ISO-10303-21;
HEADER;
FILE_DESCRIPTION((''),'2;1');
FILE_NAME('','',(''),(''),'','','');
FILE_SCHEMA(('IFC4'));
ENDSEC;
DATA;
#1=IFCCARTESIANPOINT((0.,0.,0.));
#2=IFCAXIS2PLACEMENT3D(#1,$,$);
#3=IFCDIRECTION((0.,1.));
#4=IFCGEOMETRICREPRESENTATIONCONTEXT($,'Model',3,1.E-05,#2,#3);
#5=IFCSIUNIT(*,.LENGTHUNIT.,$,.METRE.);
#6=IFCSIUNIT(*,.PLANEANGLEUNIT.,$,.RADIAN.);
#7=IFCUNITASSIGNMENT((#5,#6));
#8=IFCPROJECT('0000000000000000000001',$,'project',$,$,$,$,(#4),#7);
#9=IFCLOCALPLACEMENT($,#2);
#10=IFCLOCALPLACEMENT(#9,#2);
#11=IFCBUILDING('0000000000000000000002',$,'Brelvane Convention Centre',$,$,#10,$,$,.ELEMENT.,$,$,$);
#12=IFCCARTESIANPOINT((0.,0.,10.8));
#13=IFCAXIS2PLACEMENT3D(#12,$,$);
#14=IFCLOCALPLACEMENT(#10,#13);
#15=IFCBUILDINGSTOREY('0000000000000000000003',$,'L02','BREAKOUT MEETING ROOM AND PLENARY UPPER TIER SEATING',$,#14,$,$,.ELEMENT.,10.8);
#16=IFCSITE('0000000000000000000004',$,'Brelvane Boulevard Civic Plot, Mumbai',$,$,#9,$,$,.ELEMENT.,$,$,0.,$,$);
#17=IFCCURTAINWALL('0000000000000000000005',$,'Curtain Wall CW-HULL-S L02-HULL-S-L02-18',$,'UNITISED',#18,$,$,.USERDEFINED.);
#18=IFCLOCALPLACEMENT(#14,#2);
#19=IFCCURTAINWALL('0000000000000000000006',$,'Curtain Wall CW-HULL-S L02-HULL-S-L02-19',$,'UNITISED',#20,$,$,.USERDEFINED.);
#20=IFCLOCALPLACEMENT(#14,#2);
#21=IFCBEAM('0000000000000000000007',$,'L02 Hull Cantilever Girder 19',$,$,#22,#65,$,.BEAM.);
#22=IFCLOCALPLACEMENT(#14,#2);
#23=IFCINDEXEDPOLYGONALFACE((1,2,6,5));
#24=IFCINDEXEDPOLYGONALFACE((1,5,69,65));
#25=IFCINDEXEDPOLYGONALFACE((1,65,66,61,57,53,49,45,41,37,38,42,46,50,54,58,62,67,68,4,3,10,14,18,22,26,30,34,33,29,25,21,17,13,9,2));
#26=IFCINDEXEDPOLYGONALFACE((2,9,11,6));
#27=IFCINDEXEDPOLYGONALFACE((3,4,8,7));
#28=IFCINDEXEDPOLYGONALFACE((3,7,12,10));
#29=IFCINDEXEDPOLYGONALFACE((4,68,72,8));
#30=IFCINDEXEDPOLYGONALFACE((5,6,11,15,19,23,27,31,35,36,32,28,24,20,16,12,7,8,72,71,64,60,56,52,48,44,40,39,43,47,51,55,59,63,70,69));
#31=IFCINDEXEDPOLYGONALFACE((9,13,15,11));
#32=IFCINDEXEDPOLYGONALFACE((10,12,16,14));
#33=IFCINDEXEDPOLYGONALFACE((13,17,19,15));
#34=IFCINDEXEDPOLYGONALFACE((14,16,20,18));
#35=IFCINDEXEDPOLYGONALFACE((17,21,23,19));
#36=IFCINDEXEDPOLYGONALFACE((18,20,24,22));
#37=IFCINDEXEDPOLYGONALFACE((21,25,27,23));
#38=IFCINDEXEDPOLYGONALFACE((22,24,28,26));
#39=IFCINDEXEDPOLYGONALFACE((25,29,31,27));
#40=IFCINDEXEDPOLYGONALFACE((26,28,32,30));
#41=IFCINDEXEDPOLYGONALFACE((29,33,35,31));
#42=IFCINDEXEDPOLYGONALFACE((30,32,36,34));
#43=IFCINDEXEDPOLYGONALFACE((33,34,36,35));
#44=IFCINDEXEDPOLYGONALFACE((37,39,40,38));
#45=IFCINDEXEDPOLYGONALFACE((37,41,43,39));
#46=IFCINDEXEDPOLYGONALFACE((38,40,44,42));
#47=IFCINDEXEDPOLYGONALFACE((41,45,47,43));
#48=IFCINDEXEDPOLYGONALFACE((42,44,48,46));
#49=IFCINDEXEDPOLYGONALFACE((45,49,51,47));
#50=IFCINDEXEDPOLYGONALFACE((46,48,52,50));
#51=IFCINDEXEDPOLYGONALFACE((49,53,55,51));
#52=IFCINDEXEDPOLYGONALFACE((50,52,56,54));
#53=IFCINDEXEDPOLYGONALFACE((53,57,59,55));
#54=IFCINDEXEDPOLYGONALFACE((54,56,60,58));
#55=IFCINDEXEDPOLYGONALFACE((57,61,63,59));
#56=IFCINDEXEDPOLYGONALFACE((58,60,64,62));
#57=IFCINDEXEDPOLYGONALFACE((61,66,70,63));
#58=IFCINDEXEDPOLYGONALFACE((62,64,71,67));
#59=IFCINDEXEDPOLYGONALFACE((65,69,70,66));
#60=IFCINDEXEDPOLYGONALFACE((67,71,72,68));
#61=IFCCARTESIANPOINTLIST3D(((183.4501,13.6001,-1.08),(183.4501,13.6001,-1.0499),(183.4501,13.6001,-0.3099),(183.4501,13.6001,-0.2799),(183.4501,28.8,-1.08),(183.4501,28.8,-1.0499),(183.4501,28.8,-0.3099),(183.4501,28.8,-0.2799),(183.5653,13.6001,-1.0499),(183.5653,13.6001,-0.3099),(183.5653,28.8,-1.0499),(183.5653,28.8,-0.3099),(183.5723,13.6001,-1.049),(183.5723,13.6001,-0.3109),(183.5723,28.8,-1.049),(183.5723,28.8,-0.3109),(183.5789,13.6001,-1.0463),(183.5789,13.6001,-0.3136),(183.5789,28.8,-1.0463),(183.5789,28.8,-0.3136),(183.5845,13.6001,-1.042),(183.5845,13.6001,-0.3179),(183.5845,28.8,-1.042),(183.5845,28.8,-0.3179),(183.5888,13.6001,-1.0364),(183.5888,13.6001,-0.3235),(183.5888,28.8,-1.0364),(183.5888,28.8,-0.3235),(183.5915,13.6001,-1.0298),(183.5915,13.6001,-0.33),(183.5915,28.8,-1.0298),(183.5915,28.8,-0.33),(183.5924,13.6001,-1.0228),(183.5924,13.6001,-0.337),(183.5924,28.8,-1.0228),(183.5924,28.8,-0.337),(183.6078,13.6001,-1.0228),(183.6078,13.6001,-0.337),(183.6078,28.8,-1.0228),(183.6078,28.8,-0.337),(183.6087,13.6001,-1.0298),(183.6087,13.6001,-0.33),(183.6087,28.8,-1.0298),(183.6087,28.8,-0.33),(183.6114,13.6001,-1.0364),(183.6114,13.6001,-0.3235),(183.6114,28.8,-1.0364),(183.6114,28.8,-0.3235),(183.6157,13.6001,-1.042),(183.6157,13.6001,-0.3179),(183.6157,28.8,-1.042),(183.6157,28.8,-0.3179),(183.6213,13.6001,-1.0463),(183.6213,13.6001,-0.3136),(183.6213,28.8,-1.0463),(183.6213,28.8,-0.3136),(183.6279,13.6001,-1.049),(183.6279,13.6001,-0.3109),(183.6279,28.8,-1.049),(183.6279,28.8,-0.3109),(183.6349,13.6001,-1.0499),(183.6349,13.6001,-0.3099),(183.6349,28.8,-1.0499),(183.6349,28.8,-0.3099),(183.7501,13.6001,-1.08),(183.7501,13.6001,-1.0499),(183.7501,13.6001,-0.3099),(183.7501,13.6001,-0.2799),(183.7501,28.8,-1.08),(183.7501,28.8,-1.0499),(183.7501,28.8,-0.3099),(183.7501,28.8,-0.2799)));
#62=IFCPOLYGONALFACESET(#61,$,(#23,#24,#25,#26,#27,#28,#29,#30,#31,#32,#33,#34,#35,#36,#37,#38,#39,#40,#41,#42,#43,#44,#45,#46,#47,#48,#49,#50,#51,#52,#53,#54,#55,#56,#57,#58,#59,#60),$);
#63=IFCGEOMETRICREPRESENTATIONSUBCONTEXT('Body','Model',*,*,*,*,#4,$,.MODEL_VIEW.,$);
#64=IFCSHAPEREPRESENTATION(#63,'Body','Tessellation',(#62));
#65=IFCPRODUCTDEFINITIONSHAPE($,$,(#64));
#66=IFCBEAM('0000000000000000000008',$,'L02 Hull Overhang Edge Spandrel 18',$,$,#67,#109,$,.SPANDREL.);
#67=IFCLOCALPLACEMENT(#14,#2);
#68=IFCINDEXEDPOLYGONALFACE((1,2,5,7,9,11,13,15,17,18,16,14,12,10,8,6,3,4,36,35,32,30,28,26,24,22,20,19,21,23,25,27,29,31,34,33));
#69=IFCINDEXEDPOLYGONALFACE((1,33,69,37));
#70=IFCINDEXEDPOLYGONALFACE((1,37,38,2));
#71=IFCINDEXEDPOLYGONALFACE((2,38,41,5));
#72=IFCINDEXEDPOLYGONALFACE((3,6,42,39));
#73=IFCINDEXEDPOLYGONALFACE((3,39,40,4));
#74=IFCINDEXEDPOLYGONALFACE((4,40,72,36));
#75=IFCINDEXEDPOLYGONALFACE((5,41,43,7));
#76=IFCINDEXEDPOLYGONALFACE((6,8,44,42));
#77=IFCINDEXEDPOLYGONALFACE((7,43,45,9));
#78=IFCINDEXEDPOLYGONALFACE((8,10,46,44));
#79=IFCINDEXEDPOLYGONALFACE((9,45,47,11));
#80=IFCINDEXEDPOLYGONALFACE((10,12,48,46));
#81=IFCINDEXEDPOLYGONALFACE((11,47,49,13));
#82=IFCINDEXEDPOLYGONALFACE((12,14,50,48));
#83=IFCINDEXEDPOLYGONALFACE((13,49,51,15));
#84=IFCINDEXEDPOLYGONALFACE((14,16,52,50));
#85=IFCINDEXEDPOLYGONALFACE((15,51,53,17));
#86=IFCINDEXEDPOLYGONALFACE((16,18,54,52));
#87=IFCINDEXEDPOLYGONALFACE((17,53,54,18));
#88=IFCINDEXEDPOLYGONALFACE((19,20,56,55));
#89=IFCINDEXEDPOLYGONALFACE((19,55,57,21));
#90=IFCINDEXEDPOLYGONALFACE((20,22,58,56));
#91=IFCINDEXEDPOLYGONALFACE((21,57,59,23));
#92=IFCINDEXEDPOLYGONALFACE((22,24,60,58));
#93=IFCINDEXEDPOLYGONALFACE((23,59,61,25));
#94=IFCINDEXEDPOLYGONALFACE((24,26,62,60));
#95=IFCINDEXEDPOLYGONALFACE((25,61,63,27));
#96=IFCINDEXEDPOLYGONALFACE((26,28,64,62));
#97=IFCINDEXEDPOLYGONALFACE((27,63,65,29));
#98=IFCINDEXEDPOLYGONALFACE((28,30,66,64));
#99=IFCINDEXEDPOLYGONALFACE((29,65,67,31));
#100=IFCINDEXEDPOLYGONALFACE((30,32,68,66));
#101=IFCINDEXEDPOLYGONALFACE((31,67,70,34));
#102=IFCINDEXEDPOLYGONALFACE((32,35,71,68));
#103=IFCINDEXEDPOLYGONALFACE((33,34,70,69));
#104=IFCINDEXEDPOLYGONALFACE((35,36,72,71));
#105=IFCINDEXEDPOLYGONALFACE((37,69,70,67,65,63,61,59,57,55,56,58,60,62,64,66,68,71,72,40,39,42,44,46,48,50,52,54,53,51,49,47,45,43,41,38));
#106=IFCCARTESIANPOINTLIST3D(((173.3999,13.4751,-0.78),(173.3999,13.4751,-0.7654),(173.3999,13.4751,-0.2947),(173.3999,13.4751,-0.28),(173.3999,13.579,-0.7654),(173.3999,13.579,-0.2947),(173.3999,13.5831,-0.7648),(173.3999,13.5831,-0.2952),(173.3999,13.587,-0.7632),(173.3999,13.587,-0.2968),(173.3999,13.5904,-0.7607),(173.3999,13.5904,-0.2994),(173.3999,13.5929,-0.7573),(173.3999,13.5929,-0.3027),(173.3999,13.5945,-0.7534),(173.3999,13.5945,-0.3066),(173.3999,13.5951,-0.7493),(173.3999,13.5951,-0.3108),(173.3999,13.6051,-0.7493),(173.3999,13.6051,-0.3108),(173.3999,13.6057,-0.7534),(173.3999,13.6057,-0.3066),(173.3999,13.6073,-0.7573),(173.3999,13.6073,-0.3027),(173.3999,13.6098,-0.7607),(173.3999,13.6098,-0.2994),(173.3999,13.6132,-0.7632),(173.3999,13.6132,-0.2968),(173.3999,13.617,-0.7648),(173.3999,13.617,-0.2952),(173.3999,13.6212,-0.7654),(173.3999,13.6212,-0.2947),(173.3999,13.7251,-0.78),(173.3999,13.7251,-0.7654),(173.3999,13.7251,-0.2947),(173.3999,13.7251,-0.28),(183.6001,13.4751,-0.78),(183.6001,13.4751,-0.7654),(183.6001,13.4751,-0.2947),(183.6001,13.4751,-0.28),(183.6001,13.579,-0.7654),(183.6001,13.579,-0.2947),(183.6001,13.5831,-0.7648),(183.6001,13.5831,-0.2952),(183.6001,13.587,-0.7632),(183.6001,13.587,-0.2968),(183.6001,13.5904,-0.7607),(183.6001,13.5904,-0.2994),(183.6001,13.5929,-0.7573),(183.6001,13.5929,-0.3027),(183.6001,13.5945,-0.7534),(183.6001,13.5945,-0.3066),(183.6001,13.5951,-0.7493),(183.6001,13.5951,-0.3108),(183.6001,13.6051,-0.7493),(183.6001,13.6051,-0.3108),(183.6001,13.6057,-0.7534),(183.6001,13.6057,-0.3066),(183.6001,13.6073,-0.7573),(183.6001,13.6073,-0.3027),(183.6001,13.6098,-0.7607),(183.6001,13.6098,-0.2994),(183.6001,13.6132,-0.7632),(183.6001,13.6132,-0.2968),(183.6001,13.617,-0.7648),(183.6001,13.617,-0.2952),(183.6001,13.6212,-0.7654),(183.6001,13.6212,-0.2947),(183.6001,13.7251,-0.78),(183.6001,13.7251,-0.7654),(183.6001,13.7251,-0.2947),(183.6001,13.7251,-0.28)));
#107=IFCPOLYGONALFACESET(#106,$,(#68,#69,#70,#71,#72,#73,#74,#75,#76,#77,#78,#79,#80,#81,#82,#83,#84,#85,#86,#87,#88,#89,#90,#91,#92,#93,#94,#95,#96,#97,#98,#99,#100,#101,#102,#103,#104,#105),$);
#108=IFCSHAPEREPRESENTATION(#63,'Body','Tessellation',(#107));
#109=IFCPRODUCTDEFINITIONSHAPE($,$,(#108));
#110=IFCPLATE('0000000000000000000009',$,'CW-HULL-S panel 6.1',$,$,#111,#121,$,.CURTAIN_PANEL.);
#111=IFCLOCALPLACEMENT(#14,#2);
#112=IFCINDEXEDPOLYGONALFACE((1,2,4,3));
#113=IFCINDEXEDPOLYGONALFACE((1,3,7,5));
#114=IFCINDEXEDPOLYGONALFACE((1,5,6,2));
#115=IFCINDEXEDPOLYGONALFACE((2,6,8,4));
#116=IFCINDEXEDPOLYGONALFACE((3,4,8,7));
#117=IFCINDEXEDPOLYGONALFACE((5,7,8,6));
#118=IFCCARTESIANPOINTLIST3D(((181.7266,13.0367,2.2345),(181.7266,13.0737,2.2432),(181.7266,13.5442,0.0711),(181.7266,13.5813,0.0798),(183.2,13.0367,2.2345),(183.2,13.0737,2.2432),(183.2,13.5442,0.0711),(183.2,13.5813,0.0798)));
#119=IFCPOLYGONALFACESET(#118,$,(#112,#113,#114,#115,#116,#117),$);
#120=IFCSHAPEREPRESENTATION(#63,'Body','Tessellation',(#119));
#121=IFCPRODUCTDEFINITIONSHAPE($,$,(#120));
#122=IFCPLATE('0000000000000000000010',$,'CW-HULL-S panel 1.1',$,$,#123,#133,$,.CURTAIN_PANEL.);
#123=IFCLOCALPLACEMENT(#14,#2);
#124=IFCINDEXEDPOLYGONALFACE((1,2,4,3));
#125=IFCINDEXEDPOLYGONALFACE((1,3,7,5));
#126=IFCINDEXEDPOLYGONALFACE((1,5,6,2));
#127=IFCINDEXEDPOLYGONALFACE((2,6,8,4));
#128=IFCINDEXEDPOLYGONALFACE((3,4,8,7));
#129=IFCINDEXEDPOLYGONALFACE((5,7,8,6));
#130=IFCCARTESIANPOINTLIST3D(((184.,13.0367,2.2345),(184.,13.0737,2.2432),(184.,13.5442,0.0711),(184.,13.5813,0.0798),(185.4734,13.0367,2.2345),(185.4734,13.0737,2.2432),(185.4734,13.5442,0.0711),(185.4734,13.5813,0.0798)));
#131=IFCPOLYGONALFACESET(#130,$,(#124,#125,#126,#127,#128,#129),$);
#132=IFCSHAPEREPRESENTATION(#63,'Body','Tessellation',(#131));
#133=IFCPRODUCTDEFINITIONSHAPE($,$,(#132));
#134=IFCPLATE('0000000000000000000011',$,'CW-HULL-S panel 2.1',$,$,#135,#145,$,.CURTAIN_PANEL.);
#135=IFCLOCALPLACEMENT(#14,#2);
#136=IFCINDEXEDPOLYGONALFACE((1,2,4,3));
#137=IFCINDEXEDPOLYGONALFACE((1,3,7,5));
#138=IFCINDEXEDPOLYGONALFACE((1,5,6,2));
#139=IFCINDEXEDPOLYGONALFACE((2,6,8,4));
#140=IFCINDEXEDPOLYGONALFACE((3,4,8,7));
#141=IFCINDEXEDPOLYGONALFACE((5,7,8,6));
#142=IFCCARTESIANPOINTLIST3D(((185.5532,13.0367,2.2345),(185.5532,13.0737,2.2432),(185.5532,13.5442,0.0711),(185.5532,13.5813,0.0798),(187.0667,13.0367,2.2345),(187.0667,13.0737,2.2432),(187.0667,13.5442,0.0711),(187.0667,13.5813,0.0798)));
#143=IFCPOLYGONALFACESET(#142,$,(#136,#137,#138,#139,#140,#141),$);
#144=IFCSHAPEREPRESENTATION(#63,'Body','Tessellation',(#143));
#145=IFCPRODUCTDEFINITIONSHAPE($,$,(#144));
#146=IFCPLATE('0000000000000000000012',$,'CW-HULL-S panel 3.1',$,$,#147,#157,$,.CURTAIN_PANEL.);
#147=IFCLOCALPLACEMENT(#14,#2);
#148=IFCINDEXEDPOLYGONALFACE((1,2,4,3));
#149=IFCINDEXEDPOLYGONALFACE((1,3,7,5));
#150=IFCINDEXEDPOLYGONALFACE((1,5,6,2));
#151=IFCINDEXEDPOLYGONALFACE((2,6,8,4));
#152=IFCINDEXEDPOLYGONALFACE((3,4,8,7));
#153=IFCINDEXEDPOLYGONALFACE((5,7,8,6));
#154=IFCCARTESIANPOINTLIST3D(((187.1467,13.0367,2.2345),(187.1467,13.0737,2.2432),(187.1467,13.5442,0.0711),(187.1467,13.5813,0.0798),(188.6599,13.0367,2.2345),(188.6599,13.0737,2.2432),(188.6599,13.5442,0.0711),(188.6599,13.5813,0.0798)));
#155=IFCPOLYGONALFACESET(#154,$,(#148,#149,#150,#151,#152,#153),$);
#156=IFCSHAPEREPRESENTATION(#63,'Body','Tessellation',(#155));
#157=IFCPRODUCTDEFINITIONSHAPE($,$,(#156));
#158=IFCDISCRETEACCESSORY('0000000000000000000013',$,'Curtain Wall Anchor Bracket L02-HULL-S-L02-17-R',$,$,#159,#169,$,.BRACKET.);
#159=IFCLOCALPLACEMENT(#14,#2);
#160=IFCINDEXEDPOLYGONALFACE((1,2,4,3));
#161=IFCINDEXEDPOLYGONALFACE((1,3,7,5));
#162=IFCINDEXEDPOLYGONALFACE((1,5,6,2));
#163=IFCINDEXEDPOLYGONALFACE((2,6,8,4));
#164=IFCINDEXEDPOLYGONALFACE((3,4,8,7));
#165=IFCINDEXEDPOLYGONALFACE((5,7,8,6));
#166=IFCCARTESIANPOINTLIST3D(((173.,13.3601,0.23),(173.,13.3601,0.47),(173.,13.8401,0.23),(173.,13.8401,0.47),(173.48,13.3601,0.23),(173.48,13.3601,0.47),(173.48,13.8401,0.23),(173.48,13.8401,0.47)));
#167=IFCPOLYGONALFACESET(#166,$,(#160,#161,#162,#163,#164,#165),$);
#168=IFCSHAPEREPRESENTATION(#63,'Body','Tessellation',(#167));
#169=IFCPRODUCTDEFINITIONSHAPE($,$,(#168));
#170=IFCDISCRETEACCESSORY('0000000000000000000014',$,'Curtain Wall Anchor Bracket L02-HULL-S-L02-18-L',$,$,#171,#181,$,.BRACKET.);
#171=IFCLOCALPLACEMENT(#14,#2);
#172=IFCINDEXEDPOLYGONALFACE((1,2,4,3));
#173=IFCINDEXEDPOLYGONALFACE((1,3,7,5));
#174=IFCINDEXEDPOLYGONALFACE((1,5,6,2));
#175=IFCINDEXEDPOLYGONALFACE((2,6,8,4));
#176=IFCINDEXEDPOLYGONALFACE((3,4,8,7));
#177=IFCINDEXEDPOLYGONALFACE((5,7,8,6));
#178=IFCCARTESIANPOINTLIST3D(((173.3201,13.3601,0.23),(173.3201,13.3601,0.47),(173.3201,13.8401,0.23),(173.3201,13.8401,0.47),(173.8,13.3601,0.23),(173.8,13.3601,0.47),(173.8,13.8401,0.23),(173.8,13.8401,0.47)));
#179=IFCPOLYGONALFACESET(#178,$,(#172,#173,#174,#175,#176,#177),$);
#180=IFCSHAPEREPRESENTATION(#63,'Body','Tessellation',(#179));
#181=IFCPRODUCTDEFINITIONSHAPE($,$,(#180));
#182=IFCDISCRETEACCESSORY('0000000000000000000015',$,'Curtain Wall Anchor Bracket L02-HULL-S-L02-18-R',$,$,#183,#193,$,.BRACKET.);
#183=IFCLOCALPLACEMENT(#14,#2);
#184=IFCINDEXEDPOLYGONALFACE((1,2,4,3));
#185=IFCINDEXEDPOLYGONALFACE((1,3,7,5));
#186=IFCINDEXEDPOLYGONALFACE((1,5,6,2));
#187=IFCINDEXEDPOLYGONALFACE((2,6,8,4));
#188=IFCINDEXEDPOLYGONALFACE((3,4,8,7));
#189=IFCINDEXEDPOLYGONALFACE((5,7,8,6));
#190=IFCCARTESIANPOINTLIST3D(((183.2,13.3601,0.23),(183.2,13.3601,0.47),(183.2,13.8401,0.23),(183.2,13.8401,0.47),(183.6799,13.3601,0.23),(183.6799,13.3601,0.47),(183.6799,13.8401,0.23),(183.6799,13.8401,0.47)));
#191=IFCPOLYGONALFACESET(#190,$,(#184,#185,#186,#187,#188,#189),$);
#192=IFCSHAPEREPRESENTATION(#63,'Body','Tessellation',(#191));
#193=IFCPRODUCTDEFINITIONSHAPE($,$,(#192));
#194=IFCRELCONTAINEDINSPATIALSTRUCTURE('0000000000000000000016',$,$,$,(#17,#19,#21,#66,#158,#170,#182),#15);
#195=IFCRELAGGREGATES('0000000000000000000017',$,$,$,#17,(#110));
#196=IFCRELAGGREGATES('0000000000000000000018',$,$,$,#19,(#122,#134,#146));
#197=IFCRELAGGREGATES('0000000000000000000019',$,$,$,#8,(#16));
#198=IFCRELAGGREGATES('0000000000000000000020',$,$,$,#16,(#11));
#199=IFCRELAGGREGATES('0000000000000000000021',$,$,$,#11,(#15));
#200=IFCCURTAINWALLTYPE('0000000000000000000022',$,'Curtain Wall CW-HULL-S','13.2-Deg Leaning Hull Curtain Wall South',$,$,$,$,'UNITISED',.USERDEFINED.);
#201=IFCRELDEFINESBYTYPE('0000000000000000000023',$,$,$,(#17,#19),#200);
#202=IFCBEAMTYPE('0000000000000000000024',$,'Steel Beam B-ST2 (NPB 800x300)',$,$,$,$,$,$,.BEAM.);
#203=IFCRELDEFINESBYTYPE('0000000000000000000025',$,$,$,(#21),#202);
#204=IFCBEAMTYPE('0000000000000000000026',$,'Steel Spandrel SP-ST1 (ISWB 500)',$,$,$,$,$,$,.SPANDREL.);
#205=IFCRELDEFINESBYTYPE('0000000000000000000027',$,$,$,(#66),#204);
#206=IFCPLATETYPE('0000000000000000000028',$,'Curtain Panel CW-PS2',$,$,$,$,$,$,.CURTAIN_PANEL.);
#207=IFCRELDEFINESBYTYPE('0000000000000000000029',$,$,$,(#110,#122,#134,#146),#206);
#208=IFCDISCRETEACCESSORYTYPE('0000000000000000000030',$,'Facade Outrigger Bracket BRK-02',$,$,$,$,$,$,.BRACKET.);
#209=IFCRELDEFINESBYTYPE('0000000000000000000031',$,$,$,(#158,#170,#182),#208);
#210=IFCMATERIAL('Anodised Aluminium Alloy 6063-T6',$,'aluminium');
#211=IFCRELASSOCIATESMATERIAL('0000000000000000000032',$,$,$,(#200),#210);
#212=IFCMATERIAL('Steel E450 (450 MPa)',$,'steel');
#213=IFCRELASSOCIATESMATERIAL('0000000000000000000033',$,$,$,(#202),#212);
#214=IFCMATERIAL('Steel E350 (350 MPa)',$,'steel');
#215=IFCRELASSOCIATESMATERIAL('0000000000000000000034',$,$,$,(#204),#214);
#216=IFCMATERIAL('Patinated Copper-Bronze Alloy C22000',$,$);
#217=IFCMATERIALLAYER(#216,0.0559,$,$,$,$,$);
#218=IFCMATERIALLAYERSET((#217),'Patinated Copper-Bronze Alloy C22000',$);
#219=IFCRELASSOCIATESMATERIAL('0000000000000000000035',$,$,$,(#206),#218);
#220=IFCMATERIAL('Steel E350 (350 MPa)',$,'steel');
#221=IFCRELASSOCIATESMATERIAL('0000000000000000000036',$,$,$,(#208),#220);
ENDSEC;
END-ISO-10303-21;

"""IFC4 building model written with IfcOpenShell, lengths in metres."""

from ifc_helpers import new_model, si_unit, direction, frame, origin, origin_2d, place, context, subcontext, project, spatial, polyline, rectangle, i_section, outline, extrude, material, layer, layer_set, material_profile, profile_set, type_object, element, aggregate, save


model = new_model("IFC4")

# Units and contexts
model_context = context("Model", 3, precision=1e-05, world=origin(), true_north=direction((0.0, 1.0)))
body_context = subcontext(model_context, "Body", "Model", "MODEL_VIEW")
ifc_project = project(units=[si_unit("LENGTHUNIT", "METRE"), si_unit("PLANEANGLEUNIT", "RADIAN")], contexts=[model_context])

# Site, building, storey
site_placement = place(None, origin())
site = spatial("IfcSite", under=ifc_project, at=site_placement, Name="Brelvane Boulevard Civic Plot, Mumbai", CompositionType="ELEMENT", RefElevation=0.0)
building_placement = place(site_placement, origin())
building = spatial("IfcBuilding", under=site, at=building_placement, Name="Brelvane Convention Centre", CompositionType="ELEMENT")
storey_placement = place(building_placement, frame((0.0, 0.0, 10.8)))
storey = spatial("IfcBuildingStorey", under=building, at=storey_placement, Name="L02", Description="BREAKOUT MEETING ROOM AND PLENARY UPPER TIER SEATING", CompositionType="ELEMENT", Elevation=10.8)

# Curtain wall
ifc_material_1 = material(Name="Anodised Aluminium Alloy 6063-T6", Category="aluminium")
curtain_wall_type = type_object("IfcCurtainWallType", Name="Curtain Wall CW-HULL-S", Description="13.2-Deg Leaning Hull Curtain Wall South", ElementType="UNITISED", PredefinedType="USERDEFINED", material=ifc_material_1)
curtain_wall_1_placement = place(storey_placement, origin())
curtain_wall_1 = element("IfcCurtainWall", 1, at=curtain_wall_1_placement, inside=storey, type_object=curtain_wall_type, Name="Curtain Wall CW-HULL-S L02-HULL-S-L02-18", ObjectType="UNITISED", PredefinedType="USERDEFINED")

# Curtain wall
curtain_wall_2_placement = place(storey_placement, origin())
curtain_wall_2 = element("IfcCurtainWall", 2, at=curtain_wall_2_placement, inside=storey, type_object=curtain_wall_type, Name="Curtain Wall CW-HULL-S L02-HULL-S-L02-19", ObjectType="UNITISED", PredefinedType="USERDEFINED")

# Beams
ifc_material_2 = material(Name="Steel E450 (450 MPa)", Category="steel")
ifc_material_profile_1 = material_profile(ifc_material_2, i_section(OverallWidth=0.3, OverallDepth=0.8, WebThickness=0.0154, FlangeThickness=0.03, FilletRadius=0.0271, at=origin_2d()), Name="NPB 800x300")
ifc_profile_set_1 = profile_set([ifc_material_profile_1], Name="Steel E450 (450 MPa)")
beam_type_1 = type_object("IfcBeamType", Name="Steel Beam B-ST2 (NPB 800x300)", PredefinedType="BEAM", material=ifc_profile_set_1)
for number, where, z_axis, x_axis, name in (
    (3, (183.6001, 13.6001, -0.6799), (0.0, 1.0, 0.0), (-1.0, 0.0, 0.0), "L02 Hull Cantilever Girder 19"),
):
    element("IfcBeam", number, at=place(storey_placement, frame(where, z_axis=z_axis, x_axis=x_axis)), inside=storey, type_object=beam_type_1, Name=name, PredefinedType="BEAM", context=body_context, shape_type="SweptSolid", body=[
        extrude(i_section(OverallWidth=0.3, OverallDepth=0.8, WebThickness=0.0154, FlangeThickness=0.03, FilletRadius=0.0271, at=origin_2d()), origin(), (0.0, 0.0, 1.0), 15.2),
    ])
ifc_material_3 = material(Name="Steel E350 (350 MPa)", Category="steel")
ifc_material_profile_2 = material_profile(ifc_material_3, i_section(OverallWidth=0.25, OverallDepth=0.5, WebThickness=0.01, FlangeThickness=0.0146, FilletRadius=0.0161, at=origin_2d()), Name="ISWB 500")
ifc_profile_set_2 = profile_set([ifc_material_profile_2], Name="Steel E350 (350 MPa)")
beam_type_2 = type_object("IfcBeamType", Name="Steel Spandrel SP-ST1 (ISWB 500)", PredefinedType="SPANDREL", material=ifc_profile_set_2)
beam_placement = place(storey_placement, frame((173.3999, 13.6001, -0.53), z_axis=(1.0, 0.0, 0.0), x_axis=(0.0, 1.0, 0.0)))
element("IfcBeam", 4, at=beam_placement, inside=storey, type_object=beam_type_2, Name="L02 Hull Overhang Edge Spandrel 18", PredefinedType="SPANDREL", context=body_context, shape_type="SweptSolid", body=[
    extrude(i_section(OverallWidth=0.25, OverallDepth=0.5, WebThickness=0.01, FlangeThickness=0.0146, FilletRadius=0.0161, at=origin_2d()), origin(), (0.0, 0.0, 1.0), 10.2002),
])

# Plates
ifc_material_4 = material(Name="Patinated Copper-Bronze Alloy C22000")
ifc_layer = layer(ifc_material_4, 0.0559)
ifc_layer_set = layer_set([ifc_layer], Name="Patinated Copper-Bronze Alloy C22000")
plate_type = type_object("IfcPlateType", Name="Curtain Panel CW-PS2", PredefinedType="CURTAIN_PANEL", material=ifc_layer_set)
plate_1_placement = place(storey_placement, frame((181.7266, 13.5813, 0.0798), z_axis=(0.0, 0.973563, 0.228421), x_axis=(1.0, 0.0, 0.0)))
plate_1 = element("IfcPlate", 5, at=plate_1_placement, type_object=plate_type, Name="CW-HULL-S panel 6.1", PredefinedType="CURTAIN_PANEL", context=body_context, shape_type="SweptSolid", body=[
    extrude(outline(polyline([(0.0, 0.0), (1.4734, 0.0), (1.4734, -2.2221), (0.0, -2.2221), (0.0, 0.0)])), origin(), (0.0, 0.0, -1.0), 0.0381),
])
aggregate(curtain_wall_1, [plate_1])
plate_2_placement = place(storey_placement, frame((184.0, 13.5813, 0.0798), z_axis=(0.0, 0.973563, 0.228421), x_axis=(1.0, 0.0, 0.0)))
plate_2 = element("IfcPlate", 6, at=plate_2_placement, type_object=plate_type, Name="CW-HULL-S panel 1.1", PredefinedType="CURTAIN_PANEL", context=body_context, shape_type="SweptSolid", body=[
    extrude(outline(polyline([(0.0, 0.0), (1.4734, 0.0), (1.4734, -2.2221), (0.0, -2.2221), (0.0, 0.0)])), origin(), (0.0, 0.0, -1.0), 0.0381),
])
plate_3_placement = place(storey_placement, frame((185.5532, 13.5813, 0.0798), z_axis=(0.0, 0.973563, 0.228421), x_axis=(1.0, 0.0, 0.0)))
plate_3 = element("IfcPlate", 7, at=plate_3_placement, type_object=plate_type, Name="CW-HULL-S panel 2.1", PredefinedType="CURTAIN_PANEL", context=body_context, shape_type="SweptSolid", body=[
    extrude(outline(polyline([(0.0, 0.0), (1.5134, 0.0), (1.5134, -2.2221), (0.0, -2.2221), (0.0, 0.0)])), origin(), (0.0, 0.0, -1.0), 0.0381),
])
plate_4_placement = place(storey_placement, frame((187.1467, 13.5813, 0.0798), z_axis=(0.0, 0.973563, 0.228421), x_axis=(1.0, 0.0, 0.0)))
plate_4 = element("IfcPlate", 8, at=plate_4_placement, type_object=plate_type, Name="CW-HULL-S panel 3.1", PredefinedType="CURTAIN_PANEL", context=body_context, shape_type="SweptSolid", body=[
    extrude(outline(polyline([(0.0, 0.0), (1.5132, 0.0), (1.5132, -2.2221), (0.0, -2.2221), (0.0, 0.0)])), origin(), (0.0, 0.0, -1.0), 0.0381),
])
aggregate(curtain_wall_2, [plate_2, plate_3, plate_4])

# Discrete accessories
ifc_material_5 = material(Name="Steel E350 (350 MPa)", Category="steel")
discrete_accessory_type = type_object("IfcDiscreteAccessoryType", Name="Facade Outrigger Bracket BRK-02", PredefinedType="BRACKET", material=ifc_material_5)
for number, where, z_axis, x_axis, name in (
    (9, (173.24, 13.6001, 0.23), (0.0, 0.0, 1.0), (1.0, 0.0, 0.0), "Curtain Wall Anchor Bracket L02-HULL-S-L02-17-R"),
    (10, (173.5601, 13.6001, 0.23), (0.0, 0.0, 1.0), (1.0, 0.0, 0.0), "Curtain Wall Anchor Bracket L02-HULL-S-L02-18-L"),
    (11, (183.4399, 13.6001, 0.23), (0.0, 0.0, 1.0), (1.0, 0.0, 0.0), "Curtain Wall Anchor Bracket L02-HULL-S-L02-18-R"),
):
    element("IfcDiscreteAccessory", number, at=place(storey_placement, frame(where, z_axis=z_axis, x_axis=x_axis)), inside=storey, type_object=discrete_accessory_type, Name=name, PredefinedType="BRACKET", context=body_context, shape_type="SweptSolid", body=[
        extrude(rectangle(XDim=0.48, YDim=0.48, at=origin_2d()), origin(), (0.0, 0.0, 1.0), 0.24),
    ])

save(model, "model.ifc")
